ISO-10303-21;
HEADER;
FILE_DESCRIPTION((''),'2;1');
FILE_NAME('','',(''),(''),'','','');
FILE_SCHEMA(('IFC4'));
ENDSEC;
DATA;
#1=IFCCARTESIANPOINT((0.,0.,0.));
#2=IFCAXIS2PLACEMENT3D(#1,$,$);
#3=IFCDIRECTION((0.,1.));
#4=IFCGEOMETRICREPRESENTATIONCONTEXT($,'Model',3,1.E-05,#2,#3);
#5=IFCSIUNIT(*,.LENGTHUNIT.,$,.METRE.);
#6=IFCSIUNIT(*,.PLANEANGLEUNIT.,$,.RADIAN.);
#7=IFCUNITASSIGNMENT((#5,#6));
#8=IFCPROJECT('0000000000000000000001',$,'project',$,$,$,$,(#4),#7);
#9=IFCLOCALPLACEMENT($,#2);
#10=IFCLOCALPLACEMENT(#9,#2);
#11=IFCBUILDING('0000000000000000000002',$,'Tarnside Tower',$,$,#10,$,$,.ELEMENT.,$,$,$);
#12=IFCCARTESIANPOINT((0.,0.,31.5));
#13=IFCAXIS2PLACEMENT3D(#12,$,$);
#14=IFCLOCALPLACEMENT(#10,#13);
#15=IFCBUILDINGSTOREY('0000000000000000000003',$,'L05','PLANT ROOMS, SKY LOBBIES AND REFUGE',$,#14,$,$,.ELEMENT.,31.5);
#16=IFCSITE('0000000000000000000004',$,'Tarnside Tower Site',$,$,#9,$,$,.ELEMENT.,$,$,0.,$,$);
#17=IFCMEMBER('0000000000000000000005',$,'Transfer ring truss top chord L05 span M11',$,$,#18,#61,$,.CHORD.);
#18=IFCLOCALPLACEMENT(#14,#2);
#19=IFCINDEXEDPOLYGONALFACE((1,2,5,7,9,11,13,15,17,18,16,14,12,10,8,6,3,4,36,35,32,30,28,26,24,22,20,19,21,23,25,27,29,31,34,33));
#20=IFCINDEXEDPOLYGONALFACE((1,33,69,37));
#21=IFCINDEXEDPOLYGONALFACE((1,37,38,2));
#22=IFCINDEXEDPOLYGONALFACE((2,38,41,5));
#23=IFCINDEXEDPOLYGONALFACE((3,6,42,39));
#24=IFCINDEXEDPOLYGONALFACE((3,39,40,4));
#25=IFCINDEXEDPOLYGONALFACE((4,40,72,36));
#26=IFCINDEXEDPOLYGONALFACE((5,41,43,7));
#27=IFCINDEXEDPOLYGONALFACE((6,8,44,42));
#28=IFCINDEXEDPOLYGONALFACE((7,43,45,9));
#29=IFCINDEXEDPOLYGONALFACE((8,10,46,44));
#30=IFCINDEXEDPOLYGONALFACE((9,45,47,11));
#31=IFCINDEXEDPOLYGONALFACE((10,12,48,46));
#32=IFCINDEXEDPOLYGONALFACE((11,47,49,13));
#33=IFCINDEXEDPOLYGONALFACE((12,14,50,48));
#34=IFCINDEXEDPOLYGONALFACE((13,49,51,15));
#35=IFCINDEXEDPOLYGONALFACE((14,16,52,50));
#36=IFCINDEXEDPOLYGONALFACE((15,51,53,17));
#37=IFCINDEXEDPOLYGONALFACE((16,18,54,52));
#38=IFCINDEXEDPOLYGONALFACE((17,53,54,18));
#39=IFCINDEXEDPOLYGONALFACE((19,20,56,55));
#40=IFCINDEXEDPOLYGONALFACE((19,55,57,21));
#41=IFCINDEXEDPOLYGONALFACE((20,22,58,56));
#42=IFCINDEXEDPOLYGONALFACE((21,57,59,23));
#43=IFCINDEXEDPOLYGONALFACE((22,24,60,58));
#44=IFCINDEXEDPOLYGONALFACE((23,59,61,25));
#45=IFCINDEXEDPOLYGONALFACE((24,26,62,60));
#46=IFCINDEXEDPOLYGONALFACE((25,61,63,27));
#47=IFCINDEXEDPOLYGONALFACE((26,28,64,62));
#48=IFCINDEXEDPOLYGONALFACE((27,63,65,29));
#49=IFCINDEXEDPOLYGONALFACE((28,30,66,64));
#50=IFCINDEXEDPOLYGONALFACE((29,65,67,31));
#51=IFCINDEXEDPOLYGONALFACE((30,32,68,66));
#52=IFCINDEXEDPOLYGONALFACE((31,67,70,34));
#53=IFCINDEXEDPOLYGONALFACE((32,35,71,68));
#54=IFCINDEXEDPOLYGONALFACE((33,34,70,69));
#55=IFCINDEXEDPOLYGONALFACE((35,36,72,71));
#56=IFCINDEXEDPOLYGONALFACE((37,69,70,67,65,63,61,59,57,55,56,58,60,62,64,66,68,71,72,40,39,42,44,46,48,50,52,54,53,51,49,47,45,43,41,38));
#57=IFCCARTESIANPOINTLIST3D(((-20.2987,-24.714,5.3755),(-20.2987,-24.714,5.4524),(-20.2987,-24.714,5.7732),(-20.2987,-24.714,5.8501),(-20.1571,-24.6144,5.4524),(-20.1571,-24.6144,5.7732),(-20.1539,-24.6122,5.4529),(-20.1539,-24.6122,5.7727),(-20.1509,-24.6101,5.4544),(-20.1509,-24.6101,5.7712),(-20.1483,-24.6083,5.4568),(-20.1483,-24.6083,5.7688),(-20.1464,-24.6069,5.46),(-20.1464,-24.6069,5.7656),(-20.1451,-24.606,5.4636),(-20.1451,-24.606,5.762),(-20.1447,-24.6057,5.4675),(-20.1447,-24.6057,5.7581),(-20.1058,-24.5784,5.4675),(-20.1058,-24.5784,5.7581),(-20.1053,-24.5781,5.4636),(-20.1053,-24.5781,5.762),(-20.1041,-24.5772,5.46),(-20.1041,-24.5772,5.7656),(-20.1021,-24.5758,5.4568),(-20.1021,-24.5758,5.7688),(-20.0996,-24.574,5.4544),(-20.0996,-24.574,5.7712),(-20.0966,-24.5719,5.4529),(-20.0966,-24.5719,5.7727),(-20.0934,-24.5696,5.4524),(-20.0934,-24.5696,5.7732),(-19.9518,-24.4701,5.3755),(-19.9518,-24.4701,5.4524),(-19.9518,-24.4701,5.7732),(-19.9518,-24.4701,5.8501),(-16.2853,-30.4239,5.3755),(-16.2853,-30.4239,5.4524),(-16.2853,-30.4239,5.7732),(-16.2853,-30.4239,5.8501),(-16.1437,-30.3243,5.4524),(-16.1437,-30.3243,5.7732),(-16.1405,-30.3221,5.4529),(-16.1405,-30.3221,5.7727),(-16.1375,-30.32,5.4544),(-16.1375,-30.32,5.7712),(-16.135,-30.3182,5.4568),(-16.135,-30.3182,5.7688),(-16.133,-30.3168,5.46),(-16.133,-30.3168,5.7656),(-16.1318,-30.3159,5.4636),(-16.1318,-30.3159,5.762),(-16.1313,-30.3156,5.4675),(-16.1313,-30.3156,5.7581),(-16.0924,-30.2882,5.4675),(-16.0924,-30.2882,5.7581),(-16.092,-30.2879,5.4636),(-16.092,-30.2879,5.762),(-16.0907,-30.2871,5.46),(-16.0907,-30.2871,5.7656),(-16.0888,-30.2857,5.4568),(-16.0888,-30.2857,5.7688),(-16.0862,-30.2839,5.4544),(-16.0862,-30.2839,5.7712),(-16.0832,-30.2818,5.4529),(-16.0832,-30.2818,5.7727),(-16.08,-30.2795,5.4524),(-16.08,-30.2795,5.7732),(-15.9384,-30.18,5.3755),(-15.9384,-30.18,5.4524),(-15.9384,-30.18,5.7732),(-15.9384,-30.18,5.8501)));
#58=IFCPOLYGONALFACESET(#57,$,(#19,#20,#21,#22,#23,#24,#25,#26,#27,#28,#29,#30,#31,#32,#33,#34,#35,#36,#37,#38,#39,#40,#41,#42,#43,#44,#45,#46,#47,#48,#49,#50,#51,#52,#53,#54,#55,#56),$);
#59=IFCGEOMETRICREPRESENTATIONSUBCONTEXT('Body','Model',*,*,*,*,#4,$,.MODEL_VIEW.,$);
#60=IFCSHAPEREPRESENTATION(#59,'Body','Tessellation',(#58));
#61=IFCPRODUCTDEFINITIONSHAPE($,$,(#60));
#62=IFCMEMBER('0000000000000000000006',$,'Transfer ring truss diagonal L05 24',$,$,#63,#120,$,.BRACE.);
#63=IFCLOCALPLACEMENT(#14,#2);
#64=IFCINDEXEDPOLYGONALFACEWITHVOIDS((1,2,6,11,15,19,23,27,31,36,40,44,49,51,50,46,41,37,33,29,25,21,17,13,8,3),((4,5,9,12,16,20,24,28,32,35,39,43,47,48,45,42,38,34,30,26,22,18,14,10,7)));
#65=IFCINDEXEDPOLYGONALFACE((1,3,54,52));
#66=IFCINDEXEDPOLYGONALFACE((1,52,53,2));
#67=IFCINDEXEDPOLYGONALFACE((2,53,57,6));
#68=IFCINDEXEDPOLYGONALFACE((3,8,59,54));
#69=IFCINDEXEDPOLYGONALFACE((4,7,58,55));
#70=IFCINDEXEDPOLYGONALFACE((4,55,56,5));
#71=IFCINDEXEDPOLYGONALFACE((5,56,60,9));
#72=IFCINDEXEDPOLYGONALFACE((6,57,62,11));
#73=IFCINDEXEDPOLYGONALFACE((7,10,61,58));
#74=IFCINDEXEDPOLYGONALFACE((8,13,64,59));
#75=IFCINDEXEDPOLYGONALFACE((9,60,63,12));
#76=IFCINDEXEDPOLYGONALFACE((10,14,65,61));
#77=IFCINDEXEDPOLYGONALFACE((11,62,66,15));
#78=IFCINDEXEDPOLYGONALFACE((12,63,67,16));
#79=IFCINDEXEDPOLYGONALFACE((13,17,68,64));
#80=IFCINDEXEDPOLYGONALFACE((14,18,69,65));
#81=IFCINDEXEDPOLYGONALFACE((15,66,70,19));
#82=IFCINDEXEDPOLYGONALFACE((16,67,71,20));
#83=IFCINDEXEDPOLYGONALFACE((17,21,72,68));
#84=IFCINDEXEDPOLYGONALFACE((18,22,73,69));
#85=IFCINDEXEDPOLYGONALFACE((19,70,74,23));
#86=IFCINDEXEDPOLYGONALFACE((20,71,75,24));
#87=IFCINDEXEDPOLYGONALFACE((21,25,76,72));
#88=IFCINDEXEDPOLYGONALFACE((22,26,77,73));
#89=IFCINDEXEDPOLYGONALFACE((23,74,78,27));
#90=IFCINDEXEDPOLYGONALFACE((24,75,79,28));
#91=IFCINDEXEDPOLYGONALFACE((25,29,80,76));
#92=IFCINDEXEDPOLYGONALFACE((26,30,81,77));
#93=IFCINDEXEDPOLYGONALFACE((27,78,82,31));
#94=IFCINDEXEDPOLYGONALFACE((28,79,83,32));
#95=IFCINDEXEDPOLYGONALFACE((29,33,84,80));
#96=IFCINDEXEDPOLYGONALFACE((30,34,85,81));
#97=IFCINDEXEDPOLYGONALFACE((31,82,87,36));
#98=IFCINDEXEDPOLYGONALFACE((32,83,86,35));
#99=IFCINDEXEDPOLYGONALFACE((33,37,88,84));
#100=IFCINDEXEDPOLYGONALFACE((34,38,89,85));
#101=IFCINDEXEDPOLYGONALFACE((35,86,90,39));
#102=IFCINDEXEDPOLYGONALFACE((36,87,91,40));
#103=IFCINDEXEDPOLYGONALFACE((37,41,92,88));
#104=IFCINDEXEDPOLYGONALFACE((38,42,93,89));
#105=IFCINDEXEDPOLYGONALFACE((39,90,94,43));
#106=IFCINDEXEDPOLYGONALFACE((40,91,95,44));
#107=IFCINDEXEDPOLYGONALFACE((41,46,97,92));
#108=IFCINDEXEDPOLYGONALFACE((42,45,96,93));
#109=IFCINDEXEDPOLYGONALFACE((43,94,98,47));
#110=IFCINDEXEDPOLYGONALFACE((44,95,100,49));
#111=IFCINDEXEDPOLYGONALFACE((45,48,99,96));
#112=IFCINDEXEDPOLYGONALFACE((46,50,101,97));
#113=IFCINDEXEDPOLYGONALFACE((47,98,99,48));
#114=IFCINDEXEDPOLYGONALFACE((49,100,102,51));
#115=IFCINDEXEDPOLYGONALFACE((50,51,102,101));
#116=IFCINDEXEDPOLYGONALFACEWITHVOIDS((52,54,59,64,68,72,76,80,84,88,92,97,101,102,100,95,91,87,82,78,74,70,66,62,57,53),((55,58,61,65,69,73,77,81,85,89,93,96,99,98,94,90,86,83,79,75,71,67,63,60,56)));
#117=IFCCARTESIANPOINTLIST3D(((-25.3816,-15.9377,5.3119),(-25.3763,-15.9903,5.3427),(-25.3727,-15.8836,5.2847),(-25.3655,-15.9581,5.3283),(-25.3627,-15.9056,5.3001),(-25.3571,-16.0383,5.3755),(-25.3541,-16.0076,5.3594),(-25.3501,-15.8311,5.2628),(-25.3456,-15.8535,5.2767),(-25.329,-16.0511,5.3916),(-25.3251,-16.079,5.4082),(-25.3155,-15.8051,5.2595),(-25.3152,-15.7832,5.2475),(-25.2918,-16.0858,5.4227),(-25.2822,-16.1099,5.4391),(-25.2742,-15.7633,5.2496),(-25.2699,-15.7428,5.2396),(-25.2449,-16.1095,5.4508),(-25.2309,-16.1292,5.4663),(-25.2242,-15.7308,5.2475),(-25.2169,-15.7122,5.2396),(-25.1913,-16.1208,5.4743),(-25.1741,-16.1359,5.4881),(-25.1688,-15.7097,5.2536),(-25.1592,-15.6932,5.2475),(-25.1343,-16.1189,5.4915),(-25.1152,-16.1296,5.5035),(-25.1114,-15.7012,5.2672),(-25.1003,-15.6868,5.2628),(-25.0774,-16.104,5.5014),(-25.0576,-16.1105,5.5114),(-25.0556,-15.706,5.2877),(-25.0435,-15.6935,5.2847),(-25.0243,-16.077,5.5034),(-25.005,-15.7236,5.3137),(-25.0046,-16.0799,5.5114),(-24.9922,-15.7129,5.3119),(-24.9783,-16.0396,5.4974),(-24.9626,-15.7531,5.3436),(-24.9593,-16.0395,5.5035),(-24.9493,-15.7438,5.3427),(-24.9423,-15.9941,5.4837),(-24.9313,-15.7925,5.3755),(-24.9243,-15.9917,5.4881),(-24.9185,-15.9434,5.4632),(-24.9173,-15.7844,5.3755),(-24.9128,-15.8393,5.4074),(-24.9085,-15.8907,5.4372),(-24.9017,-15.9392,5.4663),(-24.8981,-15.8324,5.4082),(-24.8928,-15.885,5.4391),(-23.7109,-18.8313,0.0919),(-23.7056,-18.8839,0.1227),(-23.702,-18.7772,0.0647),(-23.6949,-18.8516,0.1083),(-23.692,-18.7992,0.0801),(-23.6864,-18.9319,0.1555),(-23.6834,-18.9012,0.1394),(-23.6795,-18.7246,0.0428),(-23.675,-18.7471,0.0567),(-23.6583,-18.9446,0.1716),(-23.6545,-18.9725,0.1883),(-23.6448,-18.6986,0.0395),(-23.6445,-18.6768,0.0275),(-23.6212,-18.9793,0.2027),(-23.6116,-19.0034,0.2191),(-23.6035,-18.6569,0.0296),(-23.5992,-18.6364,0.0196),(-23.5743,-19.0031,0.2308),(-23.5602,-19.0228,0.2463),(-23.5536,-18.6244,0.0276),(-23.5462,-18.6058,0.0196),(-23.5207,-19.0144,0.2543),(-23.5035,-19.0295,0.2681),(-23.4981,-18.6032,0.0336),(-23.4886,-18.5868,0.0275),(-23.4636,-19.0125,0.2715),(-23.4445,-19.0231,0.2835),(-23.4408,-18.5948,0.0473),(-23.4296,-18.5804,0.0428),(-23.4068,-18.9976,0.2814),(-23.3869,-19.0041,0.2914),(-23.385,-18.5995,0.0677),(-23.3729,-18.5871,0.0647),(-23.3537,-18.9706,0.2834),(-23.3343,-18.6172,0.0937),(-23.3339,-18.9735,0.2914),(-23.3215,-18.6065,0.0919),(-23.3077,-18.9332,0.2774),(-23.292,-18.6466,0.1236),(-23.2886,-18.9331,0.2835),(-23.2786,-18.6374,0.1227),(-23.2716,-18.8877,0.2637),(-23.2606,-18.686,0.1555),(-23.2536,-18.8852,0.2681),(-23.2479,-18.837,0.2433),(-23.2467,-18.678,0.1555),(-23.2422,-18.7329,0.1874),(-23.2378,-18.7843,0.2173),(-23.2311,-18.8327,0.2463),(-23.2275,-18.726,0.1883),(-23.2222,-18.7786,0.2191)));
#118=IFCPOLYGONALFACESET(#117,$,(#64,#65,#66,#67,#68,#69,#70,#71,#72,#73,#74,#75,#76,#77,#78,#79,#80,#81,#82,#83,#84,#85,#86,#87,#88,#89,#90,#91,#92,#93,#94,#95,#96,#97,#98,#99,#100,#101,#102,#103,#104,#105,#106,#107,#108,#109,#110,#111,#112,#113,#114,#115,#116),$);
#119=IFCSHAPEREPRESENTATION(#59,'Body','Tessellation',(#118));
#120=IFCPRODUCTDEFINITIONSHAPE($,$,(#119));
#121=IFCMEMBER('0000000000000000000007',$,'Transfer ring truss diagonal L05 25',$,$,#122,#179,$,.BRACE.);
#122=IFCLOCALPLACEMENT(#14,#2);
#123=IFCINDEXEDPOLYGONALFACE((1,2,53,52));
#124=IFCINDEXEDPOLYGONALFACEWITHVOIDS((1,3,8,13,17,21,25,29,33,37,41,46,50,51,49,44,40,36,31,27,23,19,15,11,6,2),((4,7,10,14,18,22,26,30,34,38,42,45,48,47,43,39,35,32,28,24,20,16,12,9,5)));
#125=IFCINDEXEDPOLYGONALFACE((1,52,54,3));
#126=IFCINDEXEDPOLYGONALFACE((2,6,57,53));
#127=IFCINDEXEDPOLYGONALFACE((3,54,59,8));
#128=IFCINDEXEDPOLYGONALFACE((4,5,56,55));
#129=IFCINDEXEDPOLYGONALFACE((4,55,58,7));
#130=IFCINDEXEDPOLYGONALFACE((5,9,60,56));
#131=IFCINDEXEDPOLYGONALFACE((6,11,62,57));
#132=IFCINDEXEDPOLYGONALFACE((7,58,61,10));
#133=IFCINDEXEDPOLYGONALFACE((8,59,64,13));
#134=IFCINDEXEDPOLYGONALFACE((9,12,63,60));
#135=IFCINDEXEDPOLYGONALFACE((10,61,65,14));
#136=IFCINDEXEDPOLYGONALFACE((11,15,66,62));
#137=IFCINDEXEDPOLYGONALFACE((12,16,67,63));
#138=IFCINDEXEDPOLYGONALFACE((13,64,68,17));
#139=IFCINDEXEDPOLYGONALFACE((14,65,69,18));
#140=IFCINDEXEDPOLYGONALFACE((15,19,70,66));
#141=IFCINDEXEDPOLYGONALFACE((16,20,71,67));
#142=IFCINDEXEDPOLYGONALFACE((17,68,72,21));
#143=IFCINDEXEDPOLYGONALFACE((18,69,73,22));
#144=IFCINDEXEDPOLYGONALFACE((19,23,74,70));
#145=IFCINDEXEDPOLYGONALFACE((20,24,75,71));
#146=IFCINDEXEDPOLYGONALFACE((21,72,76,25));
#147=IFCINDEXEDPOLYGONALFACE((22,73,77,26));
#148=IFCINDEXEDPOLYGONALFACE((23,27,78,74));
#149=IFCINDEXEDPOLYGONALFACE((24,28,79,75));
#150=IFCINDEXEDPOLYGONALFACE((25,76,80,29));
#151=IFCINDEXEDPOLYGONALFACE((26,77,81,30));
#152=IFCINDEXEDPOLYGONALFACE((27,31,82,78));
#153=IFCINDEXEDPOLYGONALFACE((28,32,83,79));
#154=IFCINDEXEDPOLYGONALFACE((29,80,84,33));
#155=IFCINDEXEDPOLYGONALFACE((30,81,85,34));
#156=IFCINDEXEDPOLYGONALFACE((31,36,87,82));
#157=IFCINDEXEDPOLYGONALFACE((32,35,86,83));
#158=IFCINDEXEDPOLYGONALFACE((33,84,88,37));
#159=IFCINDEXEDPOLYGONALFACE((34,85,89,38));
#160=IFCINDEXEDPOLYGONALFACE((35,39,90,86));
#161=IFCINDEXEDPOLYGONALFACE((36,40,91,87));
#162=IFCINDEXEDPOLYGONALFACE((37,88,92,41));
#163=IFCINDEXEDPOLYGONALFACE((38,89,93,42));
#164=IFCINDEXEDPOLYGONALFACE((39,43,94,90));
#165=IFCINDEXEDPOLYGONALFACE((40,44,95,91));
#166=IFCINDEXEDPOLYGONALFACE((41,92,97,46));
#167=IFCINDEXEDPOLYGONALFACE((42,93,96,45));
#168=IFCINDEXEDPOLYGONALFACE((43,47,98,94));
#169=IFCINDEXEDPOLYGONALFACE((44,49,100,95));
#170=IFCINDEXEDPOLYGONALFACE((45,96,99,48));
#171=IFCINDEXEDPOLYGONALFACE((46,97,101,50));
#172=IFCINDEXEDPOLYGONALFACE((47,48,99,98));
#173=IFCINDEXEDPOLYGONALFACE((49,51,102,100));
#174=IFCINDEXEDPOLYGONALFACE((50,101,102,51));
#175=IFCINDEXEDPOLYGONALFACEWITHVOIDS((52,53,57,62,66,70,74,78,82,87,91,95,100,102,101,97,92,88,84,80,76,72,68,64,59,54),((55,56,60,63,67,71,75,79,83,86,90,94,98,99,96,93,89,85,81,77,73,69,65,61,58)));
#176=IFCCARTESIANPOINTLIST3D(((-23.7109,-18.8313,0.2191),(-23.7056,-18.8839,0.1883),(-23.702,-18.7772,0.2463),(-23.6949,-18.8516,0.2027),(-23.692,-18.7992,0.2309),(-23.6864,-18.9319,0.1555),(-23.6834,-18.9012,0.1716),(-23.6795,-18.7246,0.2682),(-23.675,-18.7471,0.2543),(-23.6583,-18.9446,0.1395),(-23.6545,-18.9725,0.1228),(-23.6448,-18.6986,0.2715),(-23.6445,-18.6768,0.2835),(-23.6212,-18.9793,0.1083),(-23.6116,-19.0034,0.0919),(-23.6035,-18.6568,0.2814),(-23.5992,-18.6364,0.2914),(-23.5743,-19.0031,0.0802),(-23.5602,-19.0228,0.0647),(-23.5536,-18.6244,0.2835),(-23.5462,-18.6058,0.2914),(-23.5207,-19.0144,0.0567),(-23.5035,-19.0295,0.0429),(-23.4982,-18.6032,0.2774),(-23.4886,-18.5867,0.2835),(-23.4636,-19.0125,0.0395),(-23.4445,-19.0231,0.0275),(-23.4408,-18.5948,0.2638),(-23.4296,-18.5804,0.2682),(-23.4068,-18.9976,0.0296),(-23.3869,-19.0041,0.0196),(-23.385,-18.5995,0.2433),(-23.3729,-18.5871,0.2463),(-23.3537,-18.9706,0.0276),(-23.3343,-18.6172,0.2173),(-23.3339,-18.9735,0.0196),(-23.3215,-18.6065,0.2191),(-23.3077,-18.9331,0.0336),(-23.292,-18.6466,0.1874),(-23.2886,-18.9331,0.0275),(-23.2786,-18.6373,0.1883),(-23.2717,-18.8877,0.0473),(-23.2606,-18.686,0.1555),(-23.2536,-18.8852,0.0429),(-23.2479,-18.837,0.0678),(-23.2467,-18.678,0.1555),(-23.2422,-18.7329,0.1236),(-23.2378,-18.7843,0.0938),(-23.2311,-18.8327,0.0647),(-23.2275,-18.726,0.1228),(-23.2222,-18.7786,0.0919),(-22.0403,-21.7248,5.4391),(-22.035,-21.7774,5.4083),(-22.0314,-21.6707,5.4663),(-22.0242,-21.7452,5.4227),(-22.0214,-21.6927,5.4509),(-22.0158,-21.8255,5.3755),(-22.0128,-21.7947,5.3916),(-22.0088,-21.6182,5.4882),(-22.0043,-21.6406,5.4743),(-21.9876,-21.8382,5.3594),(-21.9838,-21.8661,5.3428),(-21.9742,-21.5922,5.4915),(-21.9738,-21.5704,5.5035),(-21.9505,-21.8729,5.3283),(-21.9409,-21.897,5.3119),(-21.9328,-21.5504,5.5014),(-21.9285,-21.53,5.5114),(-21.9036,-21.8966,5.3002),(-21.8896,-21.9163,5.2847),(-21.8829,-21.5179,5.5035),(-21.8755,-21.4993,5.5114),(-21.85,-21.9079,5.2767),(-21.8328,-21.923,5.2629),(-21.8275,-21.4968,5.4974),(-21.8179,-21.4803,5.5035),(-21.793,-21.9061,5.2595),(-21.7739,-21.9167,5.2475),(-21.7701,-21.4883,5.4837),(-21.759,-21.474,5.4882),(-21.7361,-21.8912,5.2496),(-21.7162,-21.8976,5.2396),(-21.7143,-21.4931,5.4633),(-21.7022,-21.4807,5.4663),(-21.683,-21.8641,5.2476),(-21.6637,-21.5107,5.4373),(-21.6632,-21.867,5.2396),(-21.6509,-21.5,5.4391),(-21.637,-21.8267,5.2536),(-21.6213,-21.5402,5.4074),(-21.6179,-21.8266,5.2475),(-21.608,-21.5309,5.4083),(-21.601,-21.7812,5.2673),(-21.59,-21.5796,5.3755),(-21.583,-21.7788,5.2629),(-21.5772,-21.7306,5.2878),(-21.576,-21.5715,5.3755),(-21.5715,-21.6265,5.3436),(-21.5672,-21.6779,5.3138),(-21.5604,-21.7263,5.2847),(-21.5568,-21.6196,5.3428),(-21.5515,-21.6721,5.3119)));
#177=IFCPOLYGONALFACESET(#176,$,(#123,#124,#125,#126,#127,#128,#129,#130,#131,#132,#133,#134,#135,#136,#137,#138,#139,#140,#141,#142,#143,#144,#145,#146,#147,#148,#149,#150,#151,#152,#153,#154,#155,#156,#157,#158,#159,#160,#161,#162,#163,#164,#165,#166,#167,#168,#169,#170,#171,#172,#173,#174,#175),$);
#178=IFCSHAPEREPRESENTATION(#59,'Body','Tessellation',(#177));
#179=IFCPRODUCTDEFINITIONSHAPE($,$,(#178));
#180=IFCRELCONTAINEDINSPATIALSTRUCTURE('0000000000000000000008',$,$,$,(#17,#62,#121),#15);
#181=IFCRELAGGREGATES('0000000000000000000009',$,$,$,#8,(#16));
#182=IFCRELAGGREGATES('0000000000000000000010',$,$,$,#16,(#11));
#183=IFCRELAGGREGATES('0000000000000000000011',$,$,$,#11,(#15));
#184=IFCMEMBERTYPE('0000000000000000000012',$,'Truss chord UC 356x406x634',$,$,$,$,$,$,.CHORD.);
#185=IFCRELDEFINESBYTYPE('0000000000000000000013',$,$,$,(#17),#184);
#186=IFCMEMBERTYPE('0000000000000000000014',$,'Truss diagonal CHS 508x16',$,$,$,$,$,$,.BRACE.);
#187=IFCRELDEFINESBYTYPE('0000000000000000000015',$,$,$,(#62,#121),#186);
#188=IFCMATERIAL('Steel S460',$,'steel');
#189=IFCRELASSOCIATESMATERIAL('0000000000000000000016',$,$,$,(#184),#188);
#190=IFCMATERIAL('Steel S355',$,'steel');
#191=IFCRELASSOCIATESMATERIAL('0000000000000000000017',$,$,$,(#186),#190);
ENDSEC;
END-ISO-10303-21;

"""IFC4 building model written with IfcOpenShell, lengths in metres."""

from ifc_helpers import new_model, si_unit, direction, frame, origin, origin_2d, place, context, subcontext, project, spatial, hollow_circle, i_section, extrude, material, material_profile, profile_set, type_object, element, save


model = new_model("IFC4")

# Units and contexts
model_context = context("Model", 3, precision=1e-05, world=origin(), true_north=direction((0.0, 1.0)))
body_context = subcontext(model_context, "Body", "Model", "MODEL_VIEW")
ifc_project = project(units=[si_unit("LENGTHUNIT", "METRE"), si_unit("PLANEANGLEUNIT", "RADIAN")], contexts=[model_context])

# Site, building, storey
site_placement = place(None, origin())
site = spatial("IfcSite", under=ifc_project, at=site_placement, Name="Tarnside Tower Site", CompositionType="ELEMENT", RefElevation=0.0)
building_placement = place(site_placement, origin())
building = spatial("IfcBuilding", under=site, at=building_placement, Name="Tarnside Tower", CompositionType="ELEMENT")
storey_placement = place(building_placement, frame((0.0, 0.0, 31.5)))
storey = spatial("IfcBuildingStorey", under=building, at=storey_placement, Name="L05", Description="PLANT ROOMS, SKY LOBBIES AND REFUGE", CompositionType="ELEMENT", Elevation=31.5)

# Shared definitions
ifc_material_1 = material(Name="Steel S355", Category="steel")

# Members
ifc_material_2 = material(Name="Steel S460", Category="steel")
ifc_material_profile_1 = material_profile(ifc_material_2, i_section(OverallWidth=0.4241, OverallDepth=0.4746, WebThickness=0.0476, FlangeThickness=0.0769, FilletRadius=0.0151, at=origin_2d()), Name="UC 356x406x634")
ifc_profile_set_1 = profile_set([ifc_material_profile_1], Name="Steel S460")
member_type_1 = type_object("IfcMemberType", Name="Truss chord UC 356x406x634", PredefinedType="CHORD", material=ifc_profile_set_1)
member_1_placement = place(storey_placement, frame((-20.1252, -24.592, 5.6128), z_axis=(0.575044, -0.818123, 0.0), x_axis=(0.818123, 0.575044, 0.0)))
element("IfcMember", 1, at=member_1_placement, inside=storey, type_object=member_type_1, Name="Transfer ring truss top chord L05 span M11", PredefinedType="CHORD", context=body_context, shape_type="SweptSolid", body=[
    extrude(i_section(OverallWidth=0.4241, OverallDepth=0.4746, WebThickness=0.0476, FlangeThickness=0.0769, FilletRadius=0.0151, at=origin_2d()), origin(), (0.0, 0.0, 1.0), 6.9792),
])
ifc_material_profile_2 = material_profile(ifc_material_1, hollow_circle(Radius=0.2539, WallThickness=0.0161, at=origin_2d()), Name="CHS 508x16")
ifc_profile_set_2 = profile_set([ifc_material_profile_2], Name="Steel S355")
member_type_2 = type_object("IfcMemberType", Name="Truss diagonal CHS 508x16", PredefinedType="BRACE", material=ifc_profile_set_2)
for number, where, z_axis, x_axis, name in (
    (2, (-25.1372, -15.9114, 5.3755), (0.269559, -0.466873, -0.842239), (0.866018, 0.500013, 0.0), "Transfer ring truss diagonal L05 24"),
    (3, (-23.4666, -18.8049, 0.1555), (0.269559, -0.466873, 0.842239), (0.866018, 0.500013, 0.0), "Transfer ring truss diagonal L05 25"),
):
    element("IfcMember", number, at=place(storey_placement, frame(where, z_axis=z_axis, x_axis=x_axis)), inside=storey, type_object=member_type_2, Name=name, PredefinedType="BRACE", context=body_context, shape_type="SweptSolid", body=[
        extrude(hollow_circle(Radius=0.2539, WallThickness=0.0161, at=origin_2d()), origin(), (0.0, 0.0, 1.0), 6.1978),
    ])

save(model, "model.ifc")
